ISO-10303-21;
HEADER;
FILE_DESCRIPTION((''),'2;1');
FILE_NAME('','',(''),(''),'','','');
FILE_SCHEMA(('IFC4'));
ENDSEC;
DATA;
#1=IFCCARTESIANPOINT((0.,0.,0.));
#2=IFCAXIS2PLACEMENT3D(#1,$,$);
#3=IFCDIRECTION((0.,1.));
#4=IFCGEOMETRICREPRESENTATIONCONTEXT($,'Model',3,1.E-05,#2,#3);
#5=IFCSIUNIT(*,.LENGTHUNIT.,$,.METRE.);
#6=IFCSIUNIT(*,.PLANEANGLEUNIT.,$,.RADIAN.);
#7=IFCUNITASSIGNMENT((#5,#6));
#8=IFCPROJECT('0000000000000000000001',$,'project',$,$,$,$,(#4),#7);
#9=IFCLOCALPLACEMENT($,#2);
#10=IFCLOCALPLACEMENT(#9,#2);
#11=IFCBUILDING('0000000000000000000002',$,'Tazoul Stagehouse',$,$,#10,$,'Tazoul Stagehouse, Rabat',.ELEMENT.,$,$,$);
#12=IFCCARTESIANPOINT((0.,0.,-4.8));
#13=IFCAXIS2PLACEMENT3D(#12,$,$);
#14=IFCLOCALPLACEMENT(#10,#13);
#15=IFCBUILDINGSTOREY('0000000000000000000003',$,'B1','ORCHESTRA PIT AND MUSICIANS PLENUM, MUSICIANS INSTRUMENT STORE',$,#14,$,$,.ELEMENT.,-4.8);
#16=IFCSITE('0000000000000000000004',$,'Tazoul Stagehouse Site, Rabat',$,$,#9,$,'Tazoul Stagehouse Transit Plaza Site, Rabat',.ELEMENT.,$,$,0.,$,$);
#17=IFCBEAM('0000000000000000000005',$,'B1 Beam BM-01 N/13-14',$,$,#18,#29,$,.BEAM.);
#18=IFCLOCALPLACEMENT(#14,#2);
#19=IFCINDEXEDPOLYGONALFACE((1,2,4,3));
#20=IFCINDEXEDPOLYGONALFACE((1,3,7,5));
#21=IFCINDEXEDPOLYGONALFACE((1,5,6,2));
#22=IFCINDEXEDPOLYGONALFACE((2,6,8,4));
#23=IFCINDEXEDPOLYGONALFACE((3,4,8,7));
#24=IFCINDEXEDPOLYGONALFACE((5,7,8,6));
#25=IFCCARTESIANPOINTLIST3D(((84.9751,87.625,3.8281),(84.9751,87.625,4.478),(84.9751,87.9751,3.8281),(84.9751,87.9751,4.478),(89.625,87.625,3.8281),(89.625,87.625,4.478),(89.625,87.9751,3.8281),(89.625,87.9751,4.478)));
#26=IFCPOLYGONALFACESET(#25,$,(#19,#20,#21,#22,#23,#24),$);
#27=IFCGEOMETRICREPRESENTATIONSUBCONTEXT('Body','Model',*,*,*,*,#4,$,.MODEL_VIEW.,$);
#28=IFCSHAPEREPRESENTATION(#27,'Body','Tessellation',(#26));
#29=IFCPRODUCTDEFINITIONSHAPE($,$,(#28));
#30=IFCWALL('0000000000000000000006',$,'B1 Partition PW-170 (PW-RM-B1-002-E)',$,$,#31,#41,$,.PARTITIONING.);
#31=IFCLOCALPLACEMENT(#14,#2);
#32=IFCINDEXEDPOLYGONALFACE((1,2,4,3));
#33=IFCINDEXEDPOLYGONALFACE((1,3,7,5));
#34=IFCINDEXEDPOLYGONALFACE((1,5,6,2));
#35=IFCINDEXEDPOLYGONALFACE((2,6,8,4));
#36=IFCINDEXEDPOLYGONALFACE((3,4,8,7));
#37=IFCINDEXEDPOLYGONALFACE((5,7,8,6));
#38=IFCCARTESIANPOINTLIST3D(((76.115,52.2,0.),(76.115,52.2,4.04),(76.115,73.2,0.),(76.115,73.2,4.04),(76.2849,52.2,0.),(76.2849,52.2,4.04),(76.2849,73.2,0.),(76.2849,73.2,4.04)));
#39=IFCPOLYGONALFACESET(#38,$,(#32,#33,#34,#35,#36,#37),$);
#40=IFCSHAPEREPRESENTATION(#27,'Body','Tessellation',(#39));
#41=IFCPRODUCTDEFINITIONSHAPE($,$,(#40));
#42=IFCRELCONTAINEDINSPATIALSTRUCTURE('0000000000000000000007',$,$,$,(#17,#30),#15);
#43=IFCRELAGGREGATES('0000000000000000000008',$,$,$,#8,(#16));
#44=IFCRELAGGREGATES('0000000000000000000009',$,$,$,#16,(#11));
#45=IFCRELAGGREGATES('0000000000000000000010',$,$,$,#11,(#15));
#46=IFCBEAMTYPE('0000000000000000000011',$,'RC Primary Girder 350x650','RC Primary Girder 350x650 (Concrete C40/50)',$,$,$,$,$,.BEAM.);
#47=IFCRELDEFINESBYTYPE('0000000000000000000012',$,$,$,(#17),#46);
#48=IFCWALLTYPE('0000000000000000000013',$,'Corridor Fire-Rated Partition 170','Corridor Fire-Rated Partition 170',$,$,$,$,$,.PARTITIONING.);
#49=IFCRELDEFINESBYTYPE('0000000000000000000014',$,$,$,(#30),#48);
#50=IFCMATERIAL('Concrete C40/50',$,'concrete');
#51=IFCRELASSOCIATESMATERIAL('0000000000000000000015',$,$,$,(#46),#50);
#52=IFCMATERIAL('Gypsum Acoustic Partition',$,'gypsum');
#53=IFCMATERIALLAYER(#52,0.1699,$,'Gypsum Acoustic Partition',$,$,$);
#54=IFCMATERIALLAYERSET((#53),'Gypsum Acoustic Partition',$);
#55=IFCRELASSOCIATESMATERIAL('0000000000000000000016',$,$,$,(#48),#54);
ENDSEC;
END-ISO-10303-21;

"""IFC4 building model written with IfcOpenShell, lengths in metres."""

from ifc_helpers import new_model, si_unit, direction, frame, frame_2d, origin, origin_2d, place, context, subcontext, project, spatial, rectangle, extrude, material, layer, layer_set, material_profile, profile_set, type_object, element, save


model = new_model("IFC4")

# Units and contexts
model_context = context("Model", 3, precision=1e-05, world=origin(), true_north=direction((0.0, 1.0)))
body_context = subcontext(model_context, "Body", "Model", "MODEL_VIEW")
ifc_project = project(units=[si_unit("LENGTHUNIT", "METRE"), si_unit("PLANEANGLEUNIT", "RADIAN")], contexts=[model_context])

# Site, building, storey
site_placement = place(None, origin())
site = spatial("IfcSite", under=ifc_project, at=site_placement, Name="Tazoul Stagehouse Site, Rabat", LongName="Tazoul Stagehouse Transit Plaza Site, Rabat", CompositionType="ELEMENT", RefElevation=0.0)
building_placement = place(site_placement, origin())
building = spatial("IfcBuilding", under=site, at=building_placement, Name="Tazoul Stagehouse", LongName="Tazoul Stagehouse, Rabat", CompositionType="ELEMENT")
storey_placement = place(building_placement, frame((0.0, 0.0, -4.8)))
storey = spatial("IfcBuildingStorey", under=building, at=storey_placement, Name="B1", Description="ORCHESTRA PIT AND MUSICIANS PLENUM, MUSICIANS INSTRUMENT STORE", CompositionType="ELEMENT", Elevation=-4.8)

# Shared definitions
ifc_material_1 = material(Name="Concrete C40/50", Category="concrete")

# Beam
ifc_material_profile_1 = material_profile(ifc_material_1, rectangle(XDim=0.3501, YDim=0.6499, at=origin_2d()), Name="RC 350x650")
ifc_profile_set_1 = profile_set([ifc_material_profile_1], Name="Concrete C40/50")
beam_type_1 = type_object("IfcBeamType", Name="RC Primary Girder 350x650", Description="RC Primary Girder 350x650 (Concrete C40/50)", PredefinedType="BEAM", material=ifc_profile_set_1)
beam_1_placement = place(storey_placement, frame((84.9751, 87.8, 4.1531), z_axis=(1.0, 0.0, 0.0), x_axis=(0.0, 1.0, 0.0)))
element("IfcBeam", 1, at=beam_1_placement, inside=storey, type_object=beam_type_1, Name="B1 Beam BM-01 N/13-14", PredefinedType="BEAM", context=body_context, shape_type="SweptSolid", body=[
    extrude(rectangle(XDim=0.3501, YDim=0.6499, at=origin_2d()), origin(), (0.0, 0.0, 1.0), 4.6499),
])

# Wall
ifc_material_2 = material(Name="Gypsum Acoustic Partition", Category="gypsum")
ifc_layer = layer(ifc_material_2, 0.1699, Name="Gypsum Acoustic Partition")
ifc_layer_set = layer_set([ifc_layer], Name="Gypsum Acoustic Partition")
wall_type = type_object("IfcWallType", Name="Corridor Fire-Rated Partition 170", Description="Corridor Fire-Rated Partition 170", PredefinedType="PARTITIONING", material=ifc_layer_set)
wall_placement = place(storey_placement, frame((76.2, 73.2, 0.0), z_axis=(0.0, 0.0, 1.0), x_axis=(0.0, -1.0, 0.0)))
element("IfcWall", 2, at=wall_placement, inside=storey, type_object=wall_type, Name="B1 Partition PW-170 (PW-RM-B1-002-E)", PredefinedType="PARTITIONING", context=body_context, shape_type="SweptSolid", body=[
    extrude(rectangle(XDim=21.0, YDim=0.1699, at=frame_2d((10.5, 0.0))), origin(), (0.0, 0.0, 1.0), 4.04),
])

save(model, "model.ifc")
